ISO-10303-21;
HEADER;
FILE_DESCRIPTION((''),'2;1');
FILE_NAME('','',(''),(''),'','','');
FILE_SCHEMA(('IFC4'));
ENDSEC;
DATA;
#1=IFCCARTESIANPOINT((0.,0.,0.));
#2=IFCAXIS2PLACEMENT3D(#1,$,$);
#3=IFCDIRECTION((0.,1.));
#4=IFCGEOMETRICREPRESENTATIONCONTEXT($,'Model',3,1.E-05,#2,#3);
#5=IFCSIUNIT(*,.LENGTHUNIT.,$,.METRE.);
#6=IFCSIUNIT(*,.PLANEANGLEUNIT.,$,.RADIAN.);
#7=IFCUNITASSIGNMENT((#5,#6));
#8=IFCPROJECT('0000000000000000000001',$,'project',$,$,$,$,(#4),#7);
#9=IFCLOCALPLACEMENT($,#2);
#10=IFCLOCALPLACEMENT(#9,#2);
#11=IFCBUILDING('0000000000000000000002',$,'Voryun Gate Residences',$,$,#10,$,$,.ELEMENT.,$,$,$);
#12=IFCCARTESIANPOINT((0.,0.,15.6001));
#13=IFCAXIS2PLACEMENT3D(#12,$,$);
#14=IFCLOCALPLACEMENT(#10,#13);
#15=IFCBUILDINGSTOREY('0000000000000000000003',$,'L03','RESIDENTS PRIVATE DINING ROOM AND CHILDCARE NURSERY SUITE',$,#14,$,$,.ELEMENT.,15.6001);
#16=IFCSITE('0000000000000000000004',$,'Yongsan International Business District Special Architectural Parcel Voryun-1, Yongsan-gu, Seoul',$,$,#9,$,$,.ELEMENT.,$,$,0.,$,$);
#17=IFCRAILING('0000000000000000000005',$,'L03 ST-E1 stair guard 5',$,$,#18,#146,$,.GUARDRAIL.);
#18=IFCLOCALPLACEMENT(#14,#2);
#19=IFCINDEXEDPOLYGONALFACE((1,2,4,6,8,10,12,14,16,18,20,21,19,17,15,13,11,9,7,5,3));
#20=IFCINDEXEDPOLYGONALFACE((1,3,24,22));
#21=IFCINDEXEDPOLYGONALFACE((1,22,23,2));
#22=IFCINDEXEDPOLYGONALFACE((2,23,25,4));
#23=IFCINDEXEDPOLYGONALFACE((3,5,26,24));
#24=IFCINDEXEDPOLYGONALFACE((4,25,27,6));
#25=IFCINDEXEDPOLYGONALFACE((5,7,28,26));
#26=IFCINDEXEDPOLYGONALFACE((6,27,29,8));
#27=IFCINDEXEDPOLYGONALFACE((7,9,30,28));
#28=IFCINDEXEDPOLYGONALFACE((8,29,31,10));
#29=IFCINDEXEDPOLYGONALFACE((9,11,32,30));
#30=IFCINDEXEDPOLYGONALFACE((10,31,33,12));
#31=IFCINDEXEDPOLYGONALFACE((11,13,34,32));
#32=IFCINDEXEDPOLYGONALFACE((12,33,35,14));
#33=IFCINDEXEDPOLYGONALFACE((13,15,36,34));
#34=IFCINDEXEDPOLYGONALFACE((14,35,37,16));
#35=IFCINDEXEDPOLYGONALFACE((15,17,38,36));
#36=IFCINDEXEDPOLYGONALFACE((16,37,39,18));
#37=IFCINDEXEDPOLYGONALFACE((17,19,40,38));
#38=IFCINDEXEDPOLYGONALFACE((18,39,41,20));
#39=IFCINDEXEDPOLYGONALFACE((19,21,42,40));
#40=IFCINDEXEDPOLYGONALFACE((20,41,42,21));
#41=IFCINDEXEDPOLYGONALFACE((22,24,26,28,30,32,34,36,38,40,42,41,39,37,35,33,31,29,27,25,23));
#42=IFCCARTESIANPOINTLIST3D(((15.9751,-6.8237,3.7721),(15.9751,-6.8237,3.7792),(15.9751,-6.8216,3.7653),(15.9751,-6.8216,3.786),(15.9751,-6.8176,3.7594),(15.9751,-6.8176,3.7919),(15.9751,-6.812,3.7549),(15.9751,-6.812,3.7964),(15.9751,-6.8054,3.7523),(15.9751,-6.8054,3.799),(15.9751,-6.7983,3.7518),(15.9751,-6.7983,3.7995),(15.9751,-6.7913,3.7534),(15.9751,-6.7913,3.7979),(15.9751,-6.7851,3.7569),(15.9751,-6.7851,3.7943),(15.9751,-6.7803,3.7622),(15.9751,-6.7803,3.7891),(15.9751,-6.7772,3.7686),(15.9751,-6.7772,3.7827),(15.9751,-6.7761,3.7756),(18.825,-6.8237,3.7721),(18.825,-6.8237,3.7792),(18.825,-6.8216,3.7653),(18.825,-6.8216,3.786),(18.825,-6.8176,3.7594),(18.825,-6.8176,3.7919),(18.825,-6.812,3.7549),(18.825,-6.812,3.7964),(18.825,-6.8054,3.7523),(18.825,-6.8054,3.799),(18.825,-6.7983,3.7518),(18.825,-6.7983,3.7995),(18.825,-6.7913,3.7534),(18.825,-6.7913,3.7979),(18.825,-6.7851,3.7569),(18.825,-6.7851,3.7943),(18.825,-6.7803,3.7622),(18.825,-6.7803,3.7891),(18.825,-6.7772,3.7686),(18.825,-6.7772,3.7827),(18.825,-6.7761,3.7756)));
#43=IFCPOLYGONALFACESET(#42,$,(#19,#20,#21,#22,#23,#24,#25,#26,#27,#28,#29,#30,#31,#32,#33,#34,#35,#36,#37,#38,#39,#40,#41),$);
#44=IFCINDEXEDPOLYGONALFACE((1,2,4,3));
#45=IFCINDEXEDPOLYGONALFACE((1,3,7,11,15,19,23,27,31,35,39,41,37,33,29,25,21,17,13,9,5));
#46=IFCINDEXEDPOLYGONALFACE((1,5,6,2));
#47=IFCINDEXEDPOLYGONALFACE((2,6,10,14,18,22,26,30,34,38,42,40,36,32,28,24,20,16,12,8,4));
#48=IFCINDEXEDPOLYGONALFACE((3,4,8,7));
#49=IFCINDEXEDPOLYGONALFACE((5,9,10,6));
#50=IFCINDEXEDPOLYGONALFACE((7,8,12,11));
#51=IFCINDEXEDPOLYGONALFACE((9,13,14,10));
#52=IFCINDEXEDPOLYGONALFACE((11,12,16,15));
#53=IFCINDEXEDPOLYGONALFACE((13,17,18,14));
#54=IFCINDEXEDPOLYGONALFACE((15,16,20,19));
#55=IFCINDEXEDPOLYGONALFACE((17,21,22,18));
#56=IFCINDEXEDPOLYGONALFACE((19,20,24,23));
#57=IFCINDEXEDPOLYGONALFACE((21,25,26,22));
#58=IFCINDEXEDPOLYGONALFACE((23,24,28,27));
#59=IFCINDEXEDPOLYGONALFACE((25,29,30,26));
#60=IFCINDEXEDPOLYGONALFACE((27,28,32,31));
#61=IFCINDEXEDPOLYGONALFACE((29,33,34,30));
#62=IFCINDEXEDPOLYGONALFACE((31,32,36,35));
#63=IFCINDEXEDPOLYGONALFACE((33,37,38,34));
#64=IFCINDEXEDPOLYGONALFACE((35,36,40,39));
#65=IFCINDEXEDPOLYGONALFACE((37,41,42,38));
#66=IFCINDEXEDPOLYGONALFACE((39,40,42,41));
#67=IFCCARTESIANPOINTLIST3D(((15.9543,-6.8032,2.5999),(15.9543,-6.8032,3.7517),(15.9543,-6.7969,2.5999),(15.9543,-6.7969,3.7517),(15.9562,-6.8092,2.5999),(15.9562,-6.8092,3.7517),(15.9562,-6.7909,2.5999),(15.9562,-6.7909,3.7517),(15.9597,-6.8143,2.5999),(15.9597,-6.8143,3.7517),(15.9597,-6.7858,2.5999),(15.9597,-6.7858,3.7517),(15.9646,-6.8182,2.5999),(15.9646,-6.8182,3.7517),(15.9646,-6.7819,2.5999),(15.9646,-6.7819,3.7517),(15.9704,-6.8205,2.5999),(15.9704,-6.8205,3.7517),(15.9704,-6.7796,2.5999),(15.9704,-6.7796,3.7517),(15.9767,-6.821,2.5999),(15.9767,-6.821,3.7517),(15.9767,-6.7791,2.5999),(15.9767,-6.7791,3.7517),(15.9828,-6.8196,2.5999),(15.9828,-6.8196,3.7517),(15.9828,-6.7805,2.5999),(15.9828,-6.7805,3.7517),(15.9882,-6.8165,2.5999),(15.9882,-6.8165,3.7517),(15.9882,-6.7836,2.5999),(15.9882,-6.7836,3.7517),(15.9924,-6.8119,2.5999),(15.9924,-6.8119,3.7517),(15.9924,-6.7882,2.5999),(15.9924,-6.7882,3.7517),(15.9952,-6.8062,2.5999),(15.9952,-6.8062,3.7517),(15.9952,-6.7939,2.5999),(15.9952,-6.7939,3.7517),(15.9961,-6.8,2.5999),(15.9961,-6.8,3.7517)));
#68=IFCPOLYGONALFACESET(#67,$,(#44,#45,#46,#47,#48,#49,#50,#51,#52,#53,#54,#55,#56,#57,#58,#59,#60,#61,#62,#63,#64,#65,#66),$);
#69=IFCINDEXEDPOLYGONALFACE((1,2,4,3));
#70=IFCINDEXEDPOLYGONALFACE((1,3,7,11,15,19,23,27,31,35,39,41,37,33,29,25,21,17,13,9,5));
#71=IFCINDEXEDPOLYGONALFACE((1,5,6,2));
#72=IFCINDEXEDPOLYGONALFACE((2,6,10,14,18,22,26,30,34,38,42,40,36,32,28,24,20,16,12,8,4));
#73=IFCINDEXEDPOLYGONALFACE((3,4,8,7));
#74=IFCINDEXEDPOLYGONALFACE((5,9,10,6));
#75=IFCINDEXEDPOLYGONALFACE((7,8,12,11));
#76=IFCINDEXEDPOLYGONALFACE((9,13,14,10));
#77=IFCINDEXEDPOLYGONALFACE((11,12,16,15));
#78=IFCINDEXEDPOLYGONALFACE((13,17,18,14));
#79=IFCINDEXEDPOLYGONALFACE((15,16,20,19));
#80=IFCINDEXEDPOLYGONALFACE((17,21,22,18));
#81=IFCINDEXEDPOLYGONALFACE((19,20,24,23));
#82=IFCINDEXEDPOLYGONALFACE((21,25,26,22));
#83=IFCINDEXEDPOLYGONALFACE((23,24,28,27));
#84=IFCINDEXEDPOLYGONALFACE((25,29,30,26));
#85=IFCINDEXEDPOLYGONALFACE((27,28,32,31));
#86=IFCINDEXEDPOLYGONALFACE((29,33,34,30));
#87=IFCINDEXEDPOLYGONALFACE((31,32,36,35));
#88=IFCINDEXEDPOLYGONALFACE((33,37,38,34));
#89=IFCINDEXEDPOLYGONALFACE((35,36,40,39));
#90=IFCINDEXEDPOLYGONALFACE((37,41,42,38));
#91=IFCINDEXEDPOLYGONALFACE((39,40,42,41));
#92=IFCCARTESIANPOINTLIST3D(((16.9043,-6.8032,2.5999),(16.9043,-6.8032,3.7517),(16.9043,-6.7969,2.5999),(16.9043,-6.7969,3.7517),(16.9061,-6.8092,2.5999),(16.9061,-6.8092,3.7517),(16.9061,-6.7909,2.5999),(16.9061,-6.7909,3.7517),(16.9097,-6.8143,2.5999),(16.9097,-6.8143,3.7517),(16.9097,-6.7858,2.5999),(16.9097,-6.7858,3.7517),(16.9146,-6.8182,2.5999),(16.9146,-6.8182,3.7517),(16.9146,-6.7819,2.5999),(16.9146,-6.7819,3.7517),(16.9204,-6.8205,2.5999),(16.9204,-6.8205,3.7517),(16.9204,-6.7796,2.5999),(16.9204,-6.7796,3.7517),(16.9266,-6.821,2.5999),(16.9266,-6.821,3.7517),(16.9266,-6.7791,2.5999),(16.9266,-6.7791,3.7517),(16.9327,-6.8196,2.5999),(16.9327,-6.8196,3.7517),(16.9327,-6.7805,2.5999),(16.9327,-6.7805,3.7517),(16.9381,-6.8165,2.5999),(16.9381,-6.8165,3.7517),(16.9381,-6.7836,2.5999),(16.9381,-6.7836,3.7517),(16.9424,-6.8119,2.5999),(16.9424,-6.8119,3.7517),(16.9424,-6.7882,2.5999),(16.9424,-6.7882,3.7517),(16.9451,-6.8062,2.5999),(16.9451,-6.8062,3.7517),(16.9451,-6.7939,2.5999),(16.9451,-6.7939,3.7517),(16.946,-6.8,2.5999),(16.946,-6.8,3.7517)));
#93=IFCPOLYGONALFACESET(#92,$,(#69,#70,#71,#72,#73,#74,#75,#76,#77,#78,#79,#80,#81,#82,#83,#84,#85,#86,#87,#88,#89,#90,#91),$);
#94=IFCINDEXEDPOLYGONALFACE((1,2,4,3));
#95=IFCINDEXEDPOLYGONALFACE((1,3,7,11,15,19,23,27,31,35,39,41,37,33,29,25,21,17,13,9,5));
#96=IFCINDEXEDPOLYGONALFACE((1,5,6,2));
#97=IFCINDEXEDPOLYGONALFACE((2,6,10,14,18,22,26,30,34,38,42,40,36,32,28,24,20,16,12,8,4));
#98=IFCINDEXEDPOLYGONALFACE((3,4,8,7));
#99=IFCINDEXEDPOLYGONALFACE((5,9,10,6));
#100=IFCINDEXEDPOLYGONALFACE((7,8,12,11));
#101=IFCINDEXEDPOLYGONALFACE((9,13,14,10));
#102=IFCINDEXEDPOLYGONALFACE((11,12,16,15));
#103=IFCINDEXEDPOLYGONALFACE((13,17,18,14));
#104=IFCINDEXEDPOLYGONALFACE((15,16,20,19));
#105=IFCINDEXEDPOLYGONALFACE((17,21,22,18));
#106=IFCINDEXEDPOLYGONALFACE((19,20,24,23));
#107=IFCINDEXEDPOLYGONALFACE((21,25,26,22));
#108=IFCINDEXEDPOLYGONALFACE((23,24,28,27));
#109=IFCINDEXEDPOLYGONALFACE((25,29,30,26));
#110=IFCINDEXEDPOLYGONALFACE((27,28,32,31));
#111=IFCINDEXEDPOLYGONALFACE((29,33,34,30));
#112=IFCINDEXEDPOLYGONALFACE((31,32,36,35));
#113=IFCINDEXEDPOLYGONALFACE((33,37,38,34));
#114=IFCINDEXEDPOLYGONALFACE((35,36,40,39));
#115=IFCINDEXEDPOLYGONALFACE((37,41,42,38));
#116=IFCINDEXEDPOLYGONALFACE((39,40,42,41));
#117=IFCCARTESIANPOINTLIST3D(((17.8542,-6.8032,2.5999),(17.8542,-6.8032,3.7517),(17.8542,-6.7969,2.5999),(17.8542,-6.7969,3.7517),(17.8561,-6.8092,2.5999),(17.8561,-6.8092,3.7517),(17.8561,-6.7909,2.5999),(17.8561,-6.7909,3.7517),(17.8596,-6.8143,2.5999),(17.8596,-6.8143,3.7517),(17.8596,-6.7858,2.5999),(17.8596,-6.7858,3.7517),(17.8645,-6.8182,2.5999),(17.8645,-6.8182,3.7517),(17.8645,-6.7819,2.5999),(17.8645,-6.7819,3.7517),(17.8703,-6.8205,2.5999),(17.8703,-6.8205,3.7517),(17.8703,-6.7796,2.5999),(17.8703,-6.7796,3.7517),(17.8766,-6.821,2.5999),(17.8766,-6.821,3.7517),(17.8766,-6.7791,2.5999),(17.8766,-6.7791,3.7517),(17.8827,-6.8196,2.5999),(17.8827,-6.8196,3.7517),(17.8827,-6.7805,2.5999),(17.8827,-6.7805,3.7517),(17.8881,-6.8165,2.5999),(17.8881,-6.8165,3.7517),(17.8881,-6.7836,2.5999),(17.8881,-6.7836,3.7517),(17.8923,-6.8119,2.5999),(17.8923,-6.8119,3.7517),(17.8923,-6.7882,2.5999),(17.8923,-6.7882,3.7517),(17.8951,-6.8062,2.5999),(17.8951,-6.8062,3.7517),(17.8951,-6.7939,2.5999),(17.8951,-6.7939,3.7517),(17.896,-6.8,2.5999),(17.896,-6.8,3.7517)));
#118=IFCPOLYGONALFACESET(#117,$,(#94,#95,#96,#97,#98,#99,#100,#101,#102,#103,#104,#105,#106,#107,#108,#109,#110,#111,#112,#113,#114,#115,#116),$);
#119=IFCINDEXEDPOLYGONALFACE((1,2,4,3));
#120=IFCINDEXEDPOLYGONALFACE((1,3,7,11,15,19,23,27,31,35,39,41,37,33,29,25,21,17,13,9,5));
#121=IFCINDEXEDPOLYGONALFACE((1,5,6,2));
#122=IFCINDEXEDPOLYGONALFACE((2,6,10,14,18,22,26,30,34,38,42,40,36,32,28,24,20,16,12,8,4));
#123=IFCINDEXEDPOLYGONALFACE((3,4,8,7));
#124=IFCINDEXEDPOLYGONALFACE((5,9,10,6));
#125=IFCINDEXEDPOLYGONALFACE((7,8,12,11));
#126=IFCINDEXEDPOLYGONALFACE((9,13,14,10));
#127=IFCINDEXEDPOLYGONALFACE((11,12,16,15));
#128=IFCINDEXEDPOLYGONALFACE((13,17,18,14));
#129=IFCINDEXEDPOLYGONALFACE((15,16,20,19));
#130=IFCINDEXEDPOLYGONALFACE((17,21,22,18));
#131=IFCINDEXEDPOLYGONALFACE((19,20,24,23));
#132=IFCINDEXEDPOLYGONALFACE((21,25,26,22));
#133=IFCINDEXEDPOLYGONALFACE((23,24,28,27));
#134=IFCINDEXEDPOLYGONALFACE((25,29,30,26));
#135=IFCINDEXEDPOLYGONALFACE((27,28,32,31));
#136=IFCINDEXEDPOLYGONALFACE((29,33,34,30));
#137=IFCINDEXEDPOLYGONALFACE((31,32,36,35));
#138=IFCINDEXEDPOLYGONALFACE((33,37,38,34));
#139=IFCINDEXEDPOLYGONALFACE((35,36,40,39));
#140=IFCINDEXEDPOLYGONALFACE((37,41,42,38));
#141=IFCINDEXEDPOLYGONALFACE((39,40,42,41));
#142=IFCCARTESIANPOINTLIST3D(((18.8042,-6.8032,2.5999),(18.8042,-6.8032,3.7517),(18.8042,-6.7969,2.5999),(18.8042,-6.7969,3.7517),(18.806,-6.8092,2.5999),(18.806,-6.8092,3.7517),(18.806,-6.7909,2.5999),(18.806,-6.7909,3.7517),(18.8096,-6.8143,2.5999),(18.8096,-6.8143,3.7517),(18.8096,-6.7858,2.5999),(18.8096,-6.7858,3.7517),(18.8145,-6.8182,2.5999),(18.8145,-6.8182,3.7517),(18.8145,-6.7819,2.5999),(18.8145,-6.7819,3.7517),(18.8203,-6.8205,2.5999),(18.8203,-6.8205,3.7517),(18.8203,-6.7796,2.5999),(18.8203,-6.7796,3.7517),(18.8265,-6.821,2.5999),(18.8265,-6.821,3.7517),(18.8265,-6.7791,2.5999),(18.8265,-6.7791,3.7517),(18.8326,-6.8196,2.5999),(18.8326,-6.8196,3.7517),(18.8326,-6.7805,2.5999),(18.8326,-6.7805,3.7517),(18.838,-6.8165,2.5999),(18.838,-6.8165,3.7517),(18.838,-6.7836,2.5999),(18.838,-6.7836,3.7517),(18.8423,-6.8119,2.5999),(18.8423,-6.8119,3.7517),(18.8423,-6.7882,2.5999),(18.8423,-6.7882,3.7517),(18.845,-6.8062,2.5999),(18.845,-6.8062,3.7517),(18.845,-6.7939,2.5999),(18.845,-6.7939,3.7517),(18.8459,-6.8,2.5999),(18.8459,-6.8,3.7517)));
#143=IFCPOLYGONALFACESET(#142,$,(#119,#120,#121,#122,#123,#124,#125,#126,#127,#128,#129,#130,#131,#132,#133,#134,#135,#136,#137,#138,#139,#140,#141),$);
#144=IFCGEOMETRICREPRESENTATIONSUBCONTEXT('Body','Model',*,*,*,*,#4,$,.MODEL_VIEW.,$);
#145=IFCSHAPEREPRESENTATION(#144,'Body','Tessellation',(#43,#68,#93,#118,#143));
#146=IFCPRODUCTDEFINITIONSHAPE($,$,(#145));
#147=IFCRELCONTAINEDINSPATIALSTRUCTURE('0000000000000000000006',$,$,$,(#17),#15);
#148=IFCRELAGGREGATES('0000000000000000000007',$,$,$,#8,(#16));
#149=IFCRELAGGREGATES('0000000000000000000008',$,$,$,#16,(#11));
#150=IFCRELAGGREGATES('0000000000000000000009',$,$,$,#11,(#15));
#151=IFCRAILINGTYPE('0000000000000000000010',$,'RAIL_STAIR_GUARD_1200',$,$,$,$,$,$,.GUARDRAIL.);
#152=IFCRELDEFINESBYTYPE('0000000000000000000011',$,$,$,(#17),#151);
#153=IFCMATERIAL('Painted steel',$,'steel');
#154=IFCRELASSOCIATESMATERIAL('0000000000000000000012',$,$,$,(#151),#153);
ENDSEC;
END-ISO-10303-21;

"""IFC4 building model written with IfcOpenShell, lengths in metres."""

from ifc_helpers import new_model, si_unit, direction, frame, origin, origin_2d, place, context, subcontext, project, spatial, circle, extrude, material, type_object, element, save


model = new_model("IFC4")

# Units and contexts
model_context = context("Model", 3, precision=1e-05, world=origin(), true_north=direction((0.0, 1.0)))
body_context = subcontext(model_context, "Body", "Model", "MODEL_VIEW")
ifc_project = project(units=[si_unit("LENGTHUNIT", "METRE"), si_unit("PLANEANGLEUNIT", "RADIAN")], contexts=[model_context])

# Site, building, storey
site_placement = place(None, origin())
site = spatial("IfcSite", under=ifc_project, at=site_placement, Name="Yongsan International Business District Special Architectural Parcel Voryun-1, Yongsan-gu, Seoul", CompositionType="ELEMENT", RefElevation=0.0)
building_placement = place(site_placement, origin())
building = spatial("IfcBuilding", under=site, at=building_placement, Name="Voryun Gate Residences", CompositionType="ELEMENT")
storey_placement = place(building_placement, frame((0.0, 0.0, 15.6001)))
storey = spatial("IfcBuildingStorey", under=building, at=storey_placement, Name="L03", Description="RESIDENTS PRIVATE DINING ROOM AND CHILDCARE NURSERY SUITE", CompositionType="ELEMENT", Elevation=15.6001)

# Railing
ifc_material_1 = material(Name="Painted steel", Category="steel")
railing_type = type_object("IfcRailingType", Name="RAIL_STAIR_GUARD_1200", PredefinedType="GUARDRAIL", material=ifc_material_1)
railing_1_placement = place(storey_placement, frame((15.9751, -6.8, 2.5999)))
element("IfcRailing", 1, at=railing_1_placement, inside=storey, type_object=railing_type, Name="L03 ST-E1 stair guard 5", PredefinedType="GUARDRAIL", context=body_context, shape_type="SweptSolid", body=[
    extrude(circle(Radius=0.0239, at=origin_2d()), frame((0.0, 0.0, 1.1758), z_axis=(1.0, 0.0, 0.0), x_axis=(0.0, 1.0, 0.0)), (0.0, 0.0, 1.0), 2.8499),
    extrude(circle(Radius=0.021, at=origin_2d()), origin(), (0.0, 0.0, 1.0), 1.1519),
    extrude(circle(Radius=0.021, at=origin_2d()), frame((0.95, 0.0, 0.0)), (0.0, 0.0, 1.0), 1.1519),
    extrude(circle(Radius=0.021, at=origin_2d()), frame((1.8999, 0.0, 0.0)), (0.0, 0.0, 1.0), 1.1519),
    extrude(circle(Radius=0.021, at=origin_2d()), frame((2.8499, 0.0, 0.0)), (0.0, 0.0, 1.0), 1.1519),
])

save(model, "model.ifc")
